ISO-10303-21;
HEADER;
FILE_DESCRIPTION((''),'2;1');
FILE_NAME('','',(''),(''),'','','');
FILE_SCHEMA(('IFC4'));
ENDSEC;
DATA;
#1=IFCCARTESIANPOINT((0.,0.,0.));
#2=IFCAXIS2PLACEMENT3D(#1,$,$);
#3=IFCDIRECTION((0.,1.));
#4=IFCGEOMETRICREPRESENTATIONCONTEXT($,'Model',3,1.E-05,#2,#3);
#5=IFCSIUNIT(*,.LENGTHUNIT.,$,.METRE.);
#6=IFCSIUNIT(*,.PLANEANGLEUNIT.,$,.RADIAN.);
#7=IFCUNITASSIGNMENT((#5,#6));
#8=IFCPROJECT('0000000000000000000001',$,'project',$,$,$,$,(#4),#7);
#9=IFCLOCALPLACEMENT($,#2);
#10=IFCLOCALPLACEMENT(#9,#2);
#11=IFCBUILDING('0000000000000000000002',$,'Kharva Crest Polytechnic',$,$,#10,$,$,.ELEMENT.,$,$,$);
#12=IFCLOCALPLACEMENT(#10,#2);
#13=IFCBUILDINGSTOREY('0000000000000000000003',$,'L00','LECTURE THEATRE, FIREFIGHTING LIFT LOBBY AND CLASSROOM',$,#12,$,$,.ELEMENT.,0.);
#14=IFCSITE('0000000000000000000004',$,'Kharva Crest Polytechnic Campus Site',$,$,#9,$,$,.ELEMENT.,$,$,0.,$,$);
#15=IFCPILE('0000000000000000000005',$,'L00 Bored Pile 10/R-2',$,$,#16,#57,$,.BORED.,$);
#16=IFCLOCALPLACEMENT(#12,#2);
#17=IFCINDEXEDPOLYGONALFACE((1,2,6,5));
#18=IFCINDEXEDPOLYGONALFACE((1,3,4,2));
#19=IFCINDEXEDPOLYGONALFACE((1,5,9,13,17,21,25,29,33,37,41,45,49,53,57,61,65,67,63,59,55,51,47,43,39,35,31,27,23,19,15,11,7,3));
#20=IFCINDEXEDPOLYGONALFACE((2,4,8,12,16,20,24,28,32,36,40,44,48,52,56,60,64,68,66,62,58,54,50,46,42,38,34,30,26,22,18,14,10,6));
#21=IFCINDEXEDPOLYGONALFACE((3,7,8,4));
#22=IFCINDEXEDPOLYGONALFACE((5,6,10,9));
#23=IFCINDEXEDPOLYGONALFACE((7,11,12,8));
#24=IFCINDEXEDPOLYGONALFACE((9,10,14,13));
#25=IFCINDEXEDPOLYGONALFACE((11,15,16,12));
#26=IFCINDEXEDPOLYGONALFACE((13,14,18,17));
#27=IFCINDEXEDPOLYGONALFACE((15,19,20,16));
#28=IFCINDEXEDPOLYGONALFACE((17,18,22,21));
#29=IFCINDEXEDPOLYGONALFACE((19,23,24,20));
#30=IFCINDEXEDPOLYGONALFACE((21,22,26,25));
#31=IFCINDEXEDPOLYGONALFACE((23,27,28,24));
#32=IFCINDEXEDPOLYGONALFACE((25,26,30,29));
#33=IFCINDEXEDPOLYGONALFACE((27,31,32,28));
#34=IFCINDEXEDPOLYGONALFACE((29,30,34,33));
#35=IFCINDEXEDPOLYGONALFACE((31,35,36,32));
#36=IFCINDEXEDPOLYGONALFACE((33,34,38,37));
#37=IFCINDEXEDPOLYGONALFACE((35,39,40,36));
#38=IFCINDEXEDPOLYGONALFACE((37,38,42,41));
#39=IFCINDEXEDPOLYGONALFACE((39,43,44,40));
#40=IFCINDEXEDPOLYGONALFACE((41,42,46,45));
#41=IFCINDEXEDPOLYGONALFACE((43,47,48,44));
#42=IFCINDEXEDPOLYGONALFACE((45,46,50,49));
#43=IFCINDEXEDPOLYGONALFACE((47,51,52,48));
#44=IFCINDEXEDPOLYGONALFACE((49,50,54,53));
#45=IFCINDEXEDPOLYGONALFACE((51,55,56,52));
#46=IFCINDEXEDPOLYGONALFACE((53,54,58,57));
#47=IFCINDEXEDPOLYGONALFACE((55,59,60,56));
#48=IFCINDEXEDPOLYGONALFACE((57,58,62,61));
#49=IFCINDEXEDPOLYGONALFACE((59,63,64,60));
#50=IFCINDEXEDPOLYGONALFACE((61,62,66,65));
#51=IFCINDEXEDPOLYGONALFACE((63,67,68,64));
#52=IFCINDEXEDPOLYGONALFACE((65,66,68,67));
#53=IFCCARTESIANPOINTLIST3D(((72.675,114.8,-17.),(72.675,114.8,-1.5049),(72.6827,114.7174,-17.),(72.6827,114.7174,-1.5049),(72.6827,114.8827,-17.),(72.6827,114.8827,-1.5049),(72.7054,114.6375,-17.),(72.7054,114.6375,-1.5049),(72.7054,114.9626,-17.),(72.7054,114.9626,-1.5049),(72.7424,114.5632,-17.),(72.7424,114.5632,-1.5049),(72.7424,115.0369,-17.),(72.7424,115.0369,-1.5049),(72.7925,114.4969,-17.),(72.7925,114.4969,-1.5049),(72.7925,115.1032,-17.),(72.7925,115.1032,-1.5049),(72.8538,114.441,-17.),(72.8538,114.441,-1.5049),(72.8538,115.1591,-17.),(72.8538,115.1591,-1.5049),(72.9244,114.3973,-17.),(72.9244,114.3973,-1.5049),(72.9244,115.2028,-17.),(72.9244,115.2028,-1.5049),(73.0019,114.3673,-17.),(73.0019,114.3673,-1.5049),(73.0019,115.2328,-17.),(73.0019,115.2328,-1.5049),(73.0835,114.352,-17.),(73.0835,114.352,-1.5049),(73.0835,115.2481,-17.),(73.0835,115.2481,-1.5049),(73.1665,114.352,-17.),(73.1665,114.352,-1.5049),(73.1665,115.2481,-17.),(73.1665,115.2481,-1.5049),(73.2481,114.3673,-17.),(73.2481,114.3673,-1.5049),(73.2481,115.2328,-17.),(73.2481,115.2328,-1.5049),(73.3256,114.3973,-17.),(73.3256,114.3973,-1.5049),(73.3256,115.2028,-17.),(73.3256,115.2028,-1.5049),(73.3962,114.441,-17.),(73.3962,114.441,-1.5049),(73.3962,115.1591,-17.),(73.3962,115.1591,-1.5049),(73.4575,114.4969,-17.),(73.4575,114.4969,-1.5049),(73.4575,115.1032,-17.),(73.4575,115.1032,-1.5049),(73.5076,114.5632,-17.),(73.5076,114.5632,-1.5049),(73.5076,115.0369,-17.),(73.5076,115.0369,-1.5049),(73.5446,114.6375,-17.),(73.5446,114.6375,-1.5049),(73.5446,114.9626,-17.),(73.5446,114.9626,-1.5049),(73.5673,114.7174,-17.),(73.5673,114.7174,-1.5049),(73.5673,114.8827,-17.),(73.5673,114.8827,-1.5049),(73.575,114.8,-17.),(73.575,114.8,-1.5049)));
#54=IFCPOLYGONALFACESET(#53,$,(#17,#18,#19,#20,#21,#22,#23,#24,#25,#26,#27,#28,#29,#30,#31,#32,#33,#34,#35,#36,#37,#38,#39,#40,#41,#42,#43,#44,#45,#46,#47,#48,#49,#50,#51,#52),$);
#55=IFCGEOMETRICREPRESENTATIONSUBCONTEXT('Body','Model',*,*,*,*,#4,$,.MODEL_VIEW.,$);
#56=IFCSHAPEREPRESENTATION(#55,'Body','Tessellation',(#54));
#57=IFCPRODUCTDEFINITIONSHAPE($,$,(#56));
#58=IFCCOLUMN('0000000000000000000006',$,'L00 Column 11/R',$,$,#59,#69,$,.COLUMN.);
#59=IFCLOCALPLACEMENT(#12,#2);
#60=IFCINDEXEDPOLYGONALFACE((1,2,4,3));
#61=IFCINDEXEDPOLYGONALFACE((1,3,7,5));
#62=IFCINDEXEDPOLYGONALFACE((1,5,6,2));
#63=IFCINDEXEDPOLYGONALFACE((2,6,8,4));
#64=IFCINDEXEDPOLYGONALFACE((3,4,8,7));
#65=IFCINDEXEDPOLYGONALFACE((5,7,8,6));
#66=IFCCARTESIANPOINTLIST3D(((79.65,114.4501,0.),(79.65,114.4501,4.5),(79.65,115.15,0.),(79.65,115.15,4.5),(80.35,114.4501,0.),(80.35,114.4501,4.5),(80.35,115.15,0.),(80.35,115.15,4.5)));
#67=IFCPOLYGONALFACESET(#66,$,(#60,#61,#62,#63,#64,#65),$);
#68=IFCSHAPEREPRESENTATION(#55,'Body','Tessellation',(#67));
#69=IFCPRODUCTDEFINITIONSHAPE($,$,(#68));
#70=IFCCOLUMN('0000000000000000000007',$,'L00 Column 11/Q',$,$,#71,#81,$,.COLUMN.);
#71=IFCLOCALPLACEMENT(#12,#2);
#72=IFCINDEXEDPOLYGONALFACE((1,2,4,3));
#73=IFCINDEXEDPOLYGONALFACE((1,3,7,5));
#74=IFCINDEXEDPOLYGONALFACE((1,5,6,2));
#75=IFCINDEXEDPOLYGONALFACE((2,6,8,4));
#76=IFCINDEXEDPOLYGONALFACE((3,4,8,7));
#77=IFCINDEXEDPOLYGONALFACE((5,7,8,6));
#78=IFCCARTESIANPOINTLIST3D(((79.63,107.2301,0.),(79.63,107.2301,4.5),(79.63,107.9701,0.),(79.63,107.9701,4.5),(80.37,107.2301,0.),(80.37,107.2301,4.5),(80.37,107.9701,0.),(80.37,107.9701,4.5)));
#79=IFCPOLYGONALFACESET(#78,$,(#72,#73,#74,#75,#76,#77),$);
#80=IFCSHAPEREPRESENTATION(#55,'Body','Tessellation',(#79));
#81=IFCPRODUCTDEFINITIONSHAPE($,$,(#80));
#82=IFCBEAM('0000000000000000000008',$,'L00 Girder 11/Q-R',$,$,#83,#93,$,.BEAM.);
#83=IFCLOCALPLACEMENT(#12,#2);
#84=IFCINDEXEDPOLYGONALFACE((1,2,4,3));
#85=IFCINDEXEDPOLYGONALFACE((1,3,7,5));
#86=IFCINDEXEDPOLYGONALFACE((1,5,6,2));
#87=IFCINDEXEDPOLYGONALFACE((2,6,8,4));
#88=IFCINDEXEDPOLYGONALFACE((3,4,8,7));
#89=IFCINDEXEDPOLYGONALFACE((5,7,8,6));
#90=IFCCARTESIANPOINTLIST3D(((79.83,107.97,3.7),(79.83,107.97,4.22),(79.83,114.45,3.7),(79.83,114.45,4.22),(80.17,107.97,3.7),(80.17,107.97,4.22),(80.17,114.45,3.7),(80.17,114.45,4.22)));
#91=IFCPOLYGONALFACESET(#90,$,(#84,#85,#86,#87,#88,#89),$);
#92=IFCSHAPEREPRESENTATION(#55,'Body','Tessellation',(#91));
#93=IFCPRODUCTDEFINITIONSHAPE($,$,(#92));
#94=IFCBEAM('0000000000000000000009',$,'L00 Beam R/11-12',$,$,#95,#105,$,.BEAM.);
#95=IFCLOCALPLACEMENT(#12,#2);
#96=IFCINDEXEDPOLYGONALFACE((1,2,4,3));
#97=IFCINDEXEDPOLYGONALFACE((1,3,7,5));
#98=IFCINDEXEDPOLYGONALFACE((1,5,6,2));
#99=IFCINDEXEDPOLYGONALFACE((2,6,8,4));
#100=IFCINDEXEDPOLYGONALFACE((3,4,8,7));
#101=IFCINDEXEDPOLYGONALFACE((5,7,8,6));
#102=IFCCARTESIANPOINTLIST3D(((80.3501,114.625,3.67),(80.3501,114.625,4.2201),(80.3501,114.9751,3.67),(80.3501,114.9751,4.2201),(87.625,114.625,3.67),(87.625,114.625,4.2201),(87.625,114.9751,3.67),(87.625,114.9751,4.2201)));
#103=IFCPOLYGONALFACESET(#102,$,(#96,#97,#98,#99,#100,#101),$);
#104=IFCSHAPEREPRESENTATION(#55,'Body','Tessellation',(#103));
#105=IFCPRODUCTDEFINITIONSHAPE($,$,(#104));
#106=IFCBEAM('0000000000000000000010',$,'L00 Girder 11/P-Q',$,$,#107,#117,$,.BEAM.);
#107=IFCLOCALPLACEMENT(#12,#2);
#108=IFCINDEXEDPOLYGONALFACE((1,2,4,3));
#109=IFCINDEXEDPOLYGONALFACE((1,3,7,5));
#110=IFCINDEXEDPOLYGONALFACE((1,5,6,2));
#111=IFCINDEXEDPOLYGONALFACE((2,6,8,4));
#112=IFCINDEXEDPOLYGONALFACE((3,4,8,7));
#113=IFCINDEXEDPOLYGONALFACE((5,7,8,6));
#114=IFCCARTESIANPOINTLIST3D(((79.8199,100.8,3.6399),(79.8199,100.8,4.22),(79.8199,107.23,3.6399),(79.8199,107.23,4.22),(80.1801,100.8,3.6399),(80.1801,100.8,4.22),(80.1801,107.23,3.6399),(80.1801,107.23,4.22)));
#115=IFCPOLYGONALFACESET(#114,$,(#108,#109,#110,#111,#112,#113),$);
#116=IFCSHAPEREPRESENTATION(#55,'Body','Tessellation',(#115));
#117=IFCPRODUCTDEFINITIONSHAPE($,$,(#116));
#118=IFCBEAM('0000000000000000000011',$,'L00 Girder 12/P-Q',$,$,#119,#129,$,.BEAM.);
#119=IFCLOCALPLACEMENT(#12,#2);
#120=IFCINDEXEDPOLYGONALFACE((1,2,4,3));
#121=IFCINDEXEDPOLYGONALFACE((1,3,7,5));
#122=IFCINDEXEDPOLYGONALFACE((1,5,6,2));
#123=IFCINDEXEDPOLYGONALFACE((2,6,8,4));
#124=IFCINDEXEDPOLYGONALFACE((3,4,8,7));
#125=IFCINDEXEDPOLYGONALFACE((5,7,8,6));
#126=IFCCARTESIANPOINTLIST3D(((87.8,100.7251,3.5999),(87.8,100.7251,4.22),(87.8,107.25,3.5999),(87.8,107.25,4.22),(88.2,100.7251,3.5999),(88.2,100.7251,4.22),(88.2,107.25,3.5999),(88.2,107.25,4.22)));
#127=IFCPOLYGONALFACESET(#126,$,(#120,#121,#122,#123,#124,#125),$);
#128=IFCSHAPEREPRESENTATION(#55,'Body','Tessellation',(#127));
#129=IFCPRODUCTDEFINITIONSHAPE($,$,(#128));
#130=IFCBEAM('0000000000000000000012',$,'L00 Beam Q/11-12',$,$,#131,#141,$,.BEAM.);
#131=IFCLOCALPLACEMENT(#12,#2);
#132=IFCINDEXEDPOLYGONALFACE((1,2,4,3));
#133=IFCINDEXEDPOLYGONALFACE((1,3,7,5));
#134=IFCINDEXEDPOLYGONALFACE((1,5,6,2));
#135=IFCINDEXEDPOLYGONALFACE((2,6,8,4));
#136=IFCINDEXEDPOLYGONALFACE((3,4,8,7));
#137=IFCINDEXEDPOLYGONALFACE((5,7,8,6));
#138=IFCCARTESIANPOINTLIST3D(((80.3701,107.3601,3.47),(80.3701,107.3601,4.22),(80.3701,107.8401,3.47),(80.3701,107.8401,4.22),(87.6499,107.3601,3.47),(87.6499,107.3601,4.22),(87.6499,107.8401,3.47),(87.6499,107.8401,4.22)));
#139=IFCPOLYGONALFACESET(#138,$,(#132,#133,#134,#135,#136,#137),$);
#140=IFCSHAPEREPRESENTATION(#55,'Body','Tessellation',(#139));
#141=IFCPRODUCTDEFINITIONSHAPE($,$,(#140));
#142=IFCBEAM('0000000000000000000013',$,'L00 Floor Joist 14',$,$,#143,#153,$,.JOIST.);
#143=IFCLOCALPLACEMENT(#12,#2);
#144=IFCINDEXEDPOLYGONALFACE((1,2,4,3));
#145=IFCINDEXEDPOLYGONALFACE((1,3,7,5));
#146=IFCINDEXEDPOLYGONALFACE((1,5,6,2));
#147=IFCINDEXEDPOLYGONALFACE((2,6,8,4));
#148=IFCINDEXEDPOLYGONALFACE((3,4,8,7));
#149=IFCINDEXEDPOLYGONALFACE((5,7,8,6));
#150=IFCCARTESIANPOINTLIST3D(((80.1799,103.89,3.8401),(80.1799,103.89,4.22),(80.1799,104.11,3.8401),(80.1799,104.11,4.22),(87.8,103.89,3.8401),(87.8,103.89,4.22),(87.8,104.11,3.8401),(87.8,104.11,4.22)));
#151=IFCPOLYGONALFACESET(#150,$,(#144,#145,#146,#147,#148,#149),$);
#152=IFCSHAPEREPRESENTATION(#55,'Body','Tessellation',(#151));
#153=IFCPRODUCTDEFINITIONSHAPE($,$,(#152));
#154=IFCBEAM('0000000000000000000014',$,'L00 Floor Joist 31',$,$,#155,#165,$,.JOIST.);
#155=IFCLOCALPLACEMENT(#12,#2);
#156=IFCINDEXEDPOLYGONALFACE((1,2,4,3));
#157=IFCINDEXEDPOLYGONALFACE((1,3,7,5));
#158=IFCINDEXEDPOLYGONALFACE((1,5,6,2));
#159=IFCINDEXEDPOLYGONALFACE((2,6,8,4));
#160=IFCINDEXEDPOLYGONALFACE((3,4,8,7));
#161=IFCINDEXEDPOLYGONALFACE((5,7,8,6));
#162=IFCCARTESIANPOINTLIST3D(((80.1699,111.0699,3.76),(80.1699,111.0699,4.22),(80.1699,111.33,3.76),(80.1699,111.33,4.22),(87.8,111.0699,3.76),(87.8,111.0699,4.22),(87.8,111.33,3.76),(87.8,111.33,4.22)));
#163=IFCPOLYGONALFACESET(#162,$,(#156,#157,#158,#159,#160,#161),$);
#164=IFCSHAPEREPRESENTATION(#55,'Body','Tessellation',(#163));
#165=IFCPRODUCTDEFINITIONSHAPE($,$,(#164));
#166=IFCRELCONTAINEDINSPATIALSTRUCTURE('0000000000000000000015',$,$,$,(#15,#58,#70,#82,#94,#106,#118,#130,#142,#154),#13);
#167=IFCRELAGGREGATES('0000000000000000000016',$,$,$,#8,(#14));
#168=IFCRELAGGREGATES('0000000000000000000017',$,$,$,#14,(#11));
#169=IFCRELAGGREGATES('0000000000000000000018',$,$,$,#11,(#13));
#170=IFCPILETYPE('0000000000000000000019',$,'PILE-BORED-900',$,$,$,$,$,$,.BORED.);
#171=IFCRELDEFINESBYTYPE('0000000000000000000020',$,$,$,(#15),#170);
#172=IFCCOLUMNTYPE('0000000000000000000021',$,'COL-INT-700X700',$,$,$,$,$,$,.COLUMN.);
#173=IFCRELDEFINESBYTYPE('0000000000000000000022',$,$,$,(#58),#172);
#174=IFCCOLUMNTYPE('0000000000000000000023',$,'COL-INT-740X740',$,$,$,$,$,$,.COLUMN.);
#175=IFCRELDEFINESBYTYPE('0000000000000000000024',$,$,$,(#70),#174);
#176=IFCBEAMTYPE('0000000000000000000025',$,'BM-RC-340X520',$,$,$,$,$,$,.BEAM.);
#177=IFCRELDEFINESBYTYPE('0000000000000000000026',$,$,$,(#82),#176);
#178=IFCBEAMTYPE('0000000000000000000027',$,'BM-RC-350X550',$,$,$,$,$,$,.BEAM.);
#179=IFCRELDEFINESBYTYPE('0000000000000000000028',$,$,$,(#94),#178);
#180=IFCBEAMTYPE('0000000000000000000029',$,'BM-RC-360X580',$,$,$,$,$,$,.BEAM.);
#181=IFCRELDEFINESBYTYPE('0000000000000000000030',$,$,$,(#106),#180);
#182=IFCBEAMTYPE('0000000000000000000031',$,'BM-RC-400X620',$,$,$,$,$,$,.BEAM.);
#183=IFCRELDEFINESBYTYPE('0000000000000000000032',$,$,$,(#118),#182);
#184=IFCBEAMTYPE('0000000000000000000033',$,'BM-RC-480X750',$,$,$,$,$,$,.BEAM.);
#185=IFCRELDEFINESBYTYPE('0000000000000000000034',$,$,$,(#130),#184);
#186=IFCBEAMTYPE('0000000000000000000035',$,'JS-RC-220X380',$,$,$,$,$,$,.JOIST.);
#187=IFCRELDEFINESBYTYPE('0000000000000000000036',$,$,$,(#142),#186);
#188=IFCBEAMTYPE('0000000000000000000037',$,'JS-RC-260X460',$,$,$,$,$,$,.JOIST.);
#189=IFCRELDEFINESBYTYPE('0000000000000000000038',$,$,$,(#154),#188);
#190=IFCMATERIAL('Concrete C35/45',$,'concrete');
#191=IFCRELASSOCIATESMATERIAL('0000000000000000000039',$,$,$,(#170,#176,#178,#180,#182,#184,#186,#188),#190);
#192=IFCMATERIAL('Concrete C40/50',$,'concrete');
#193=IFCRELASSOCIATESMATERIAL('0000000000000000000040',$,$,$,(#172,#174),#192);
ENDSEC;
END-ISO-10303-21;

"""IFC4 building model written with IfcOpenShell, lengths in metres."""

from ifc_helpers import new_model, si_unit, direction, frame, origin, origin_2d, place, context, subcontext, project, spatial, rectangle, circle, extrude, material, material_profile, profile_set, type_object, element, save


model = new_model("IFC4")

# Units and contexts
model_context = context("Model", 3, precision=1e-05, world=origin(), true_north=direction((0.0, 1.0)))
body_context = subcontext(model_context, "Body", "Model", "MODEL_VIEW")
ifc_project = project(units=[si_unit("LENGTHUNIT", "METRE"), si_unit("PLANEANGLEUNIT", "RADIAN")], contexts=[model_context])

# Site, building, storey
site_placement = place(None, origin())
site = spatial("IfcSite", under=ifc_project, at=site_placement, Name="Kharva Crest Polytechnic Campus Site", CompositionType="ELEMENT", RefElevation=0.0)
building_placement = place(site_placement, origin())
building = spatial("IfcBuilding", under=site, at=building_placement, Name="Kharva Crest Polytechnic", CompositionType="ELEMENT")
storey_placement = place(building_placement, origin())
storey = spatial("IfcBuildingStorey", under=building, at=storey_placement, Name="L00", Description="LECTURE THEATRE, FIREFIGHTING LIFT LOBBY AND CLASSROOM", CompositionType="ELEMENT", Elevation=0.0)

# Shared definitions
ifc_material_1 = material(Name="Concrete C35/45", Category="concrete")

# Pile
ifc_material_profile_1 = material_profile(ifc_material_1, circle(Radius=0.45, at=origin_2d()), Name="DIA 900")
ifc_profile_set_1 = profile_set([ifc_material_profile_1], Name="Concrete C35/45")
pile_type_1 = type_object("IfcPileType", Name="PILE-BORED-900", PredefinedType="BORED", material=ifc_profile_set_1)
pile_placement = place(storey_placement, frame((73.125, 114.8, -1.5049), z_axis=(0.0, 0.0, -1.0), x_axis=(1.0, 0.0, 0.0)))
element("IfcPile", 1, at=pile_placement, inside=storey, type_object=pile_type_1, Name="L00 Bored Pile 10/R-2", PredefinedType="BORED", context=body_context, shape_type="SweptSolid", body=[
    extrude(circle(Radius=0.45, at=origin_2d()), origin(), (0.0, 0.0, 1.0), 15.4951),
])

# Columns
ifc_material_2 = material(Name="Concrete C40/50", Category="concrete")
ifc_material_profile_2 = material_profile(ifc_material_2, rectangle(XDim=0.7, YDim=0.7, at=origin_2d()), Name="RECT 700 X 700")
ifc_profile_set_2 = profile_set([ifc_material_profile_2], Name="Concrete C40/50")
column_type_1 = type_object("IfcColumnType", Name="COL-INT-700X700", PredefinedType="COLUMN", material=ifc_profile_set_2)
column_1_placement = place(storey_placement, frame((80.0, 114.8, 0.0), z_axis=(0.0, 0.0, 1.0), x_axis=(1.0, 0.0, 0.0)))
element("IfcColumn", 2, at=column_1_placement, inside=storey, type_object=column_type_1, Name="L00 Column 11/R", PredefinedType="COLUMN", context=body_context, shape_type="SweptSolid", body=[
    extrude(rectangle(XDim=0.7, YDim=0.7, at=origin_2d()), origin(), (0.0, 0.0, 1.0), 4.5),
])
ifc_material_profile_3 = material_profile(ifc_material_2, rectangle(XDim=0.74, YDim=0.74, at=origin_2d()), Name="RECT 740 X 740")
ifc_profile_set_3 = profile_set([ifc_material_profile_3], Name="Concrete C40/50")
column_type_2 = type_object("IfcColumnType", Name="COL-INT-740X740", PredefinedType="COLUMN", material=ifc_profile_set_3)
column_2_placement = place(storey_placement, frame((80.0, 107.6001, 0.0), z_axis=(0.0, 0.0, 1.0), x_axis=(1.0, 0.0, 0.0)))
element("IfcColumn", 3, at=column_2_placement, inside=storey, type_object=column_type_2, Name="L00 Column 11/Q", PredefinedType="COLUMN", context=body_context, shape_type="SweptSolid", body=[
    extrude(rectangle(XDim=0.74, YDim=0.74, at=origin_2d()), origin(), (0.0, 0.0, 1.0), 4.5),
])

# Beams
ifc_material_profile_4 = material_profile(ifc_material_1, rectangle(XDim=0.3401, YDim=0.52, at=origin_2d()), Name="RECT 340 X 520")
ifc_profile_set_4 = profile_set([ifc_material_profile_4], Name="Concrete C35/45")
beam_type_1 = type_object("IfcBeamType", Name="BM-RC-340X520", PredefinedType="BEAM", material=ifc_profile_set_4)
beam_1_placement = place(storey_placement, frame((80.0, 107.97, 3.96), z_axis=(0.0, 1.0, 0.0), x_axis=(-1.0, 0.0, 0.0)))
element("IfcBeam", 4, at=beam_1_placement, inside=storey, type_object=beam_type_1, Name="L00 Girder 11/Q-R", PredefinedType="BEAM", context=body_context, shape_type="SweptSolid", body=[
    extrude(rectangle(XDim=0.3401, YDim=0.52, at=origin_2d()), origin(), (0.0, 0.0, 1.0), 6.48),
])
ifc_material_profile_5 = material_profile(ifc_material_1, rectangle(XDim=0.3501, YDim=0.55, at=origin_2d()), Name="RECT 350 X 550")
ifc_profile_set_5 = profile_set([ifc_material_profile_5], Name="Concrete C35/45")
beam_type_2 = type_object("IfcBeamType", Name="BM-RC-350X550", PredefinedType="BEAM", material=ifc_profile_set_5)
beam_2_placement = place(storey_placement, frame((80.3501, 114.8, 3.9451), z_axis=(1.0, 0.0, 0.0), x_axis=(0.0, 1.0, 0.0)))
element("IfcBeam", 5, at=beam_2_placement, inside=storey, type_object=beam_type_2, Name="L00 Beam R/11-12", PredefinedType="BEAM", context=body_context, shape_type="SweptSolid", body=[
    extrude(rectangle(XDim=0.3501, YDim=0.55, at=origin_2d()), origin(), (0.0, 0.0, 1.0), 7.2749),
])
ifc_material_profile_6 = material_profile(ifc_material_1, rectangle(XDim=0.3601, YDim=0.5801, at=origin_2d()), Name="RECT 360 X 580")
ifc_profile_set_6 = profile_set([ifc_material_profile_6], Name="Concrete C35/45")
beam_type_3 = type_object("IfcBeamType", Name="BM-RC-360X580", PredefinedType="BEAM", material=ifc_profile_set_6)
beam_3_placement = place(storey_placement, frame((80.0, 100.8, 3.9299), z_axis=(0.0, 1.0, 0.0), x_axis=(-1.0, 0.0, 0.0)))
element("IfcBeam", 6, at=beam_3_placement, inside=storey, type_object=beam_type_3, Name="L00 Girder 11/P-Q", PredefinedType="BEAM", context=body_context, shape_type="SweptSolid", body=[
    extrude(rectangle(XDim=0.3601, YDim=0.5801, at=origin_2d()), origin(), (0.0, 0.0, 1.0), 6.4299),
])
ifc_material_profile_7 = material_profile(ifc_material_1, rectangle(XDim=0.3999, YDim=0.6201, at=origin_2d()), Name="RECT 400 X 620")
ifc_profile_set_7 = profile_set([ifc_material_profile_7], Name="Concrete C35/45")
beam_type_4 = type_object("IfcBeamType", Name="BM-RC-400X620", PredefinedType="BEAM", material=ifc_profile_set_7)
beam_4_placement = place(storey_placement, frame((88.0, 100.7251, 3.9099), z_axis=(0.0, 1.0, 0.0), x_axis=(-1.0, 0.0, 0.0)))
element("IfcBeam", 7, at=beam_4_placement, inside=storey, type_object=beam_type_4, Name="L00 Girder 12/P-Q", PredefinedType="BEAM", context=body_context, shape_type="SweptSolid", body=[
    extrude(rectangle(XDim=0.3999, YDim=0.6201, at=origin_2d()), origin(), (0.0, 0.0, 1.0), 6.5249),
])
ifc_material_profile_8 = material_profile(ifc_material_1, rectangle(XDim=0.48, YDim=0.75, at=origin_2d()), Name="RECT 480 X 750")
ifc_profile_set_8 = profile_set([ifc_material_profile_8], Name="Concrete C35/45")
beam_type_5 = type_object("IfcBeamType", Name="BM-RC-480X750", PredefinedType="BEAM", material=ifc_profile_set_8)
beam_5_placement = place(storey_placement, frame((80.3701, 107.6001, 3.845), z_axis=(1.0, 0.0, 0.0), x_axis=(0.0, 1.0, 0.0)))
element("IfcBeam", 8, at=beam_5_placement, inside=storey, type_object=beam_type_5, Name="L00 Beam Q/11-12", PredefinedType="BEAM", context=body_context, shape_type="SweptSolid", body=[
    extrude(rectangle(XDim=0.48, YDim=0.75, at=origin_2d()), origin(), (0.0, 0.0, 1.0), 7.2798),
])
ifc_material_profile_9 = material_profile(ifc_material_1, rectangle(XDim=0.22, YDim=0.3799, at=origin_2d()), Name="RECT 220 X 380")
ifc_profile_set_9 = profile_set([ifc_material_profile_9], Name="Concrete C35/45")
beam_type_6 = type_object("IfcBeamType", Name="JS-RC-220X380", PredefinedType="JOIST", material=ifc_profile_set_9)
beam_6_placement = place(storey_placement, frame((80.1799, 104.0, 4.03), z_axis=(1.0, 0.0, 0.0), x_axis=(0.0, 1.0, 0.0)))
element("IfcBeam", 9, at=beam_6_placement, inside=storey, type_object=beam_type_6, Name="L00 Floor Joist 14", PredefinedType="JOIST", context=body_context, shape_type="SweptSolid", body=[
    extrude(rectangle(XDim=0.22, YDim=0.3799, at=origin_2d()), origin(), (0.0, 0.0, 1.0), 7.6201),
])
ifc_material_profile_10 = material_profile(ifc_material_1, rectangle(XDim=0.26, YDim=0.46, at=origin_2d()), Name="RECT 260 X 460")
ifc_profile_set_10 = profile_set([ifc_material_profile_10], Name="Concrete C35/45")
beam_type_7 = type_object("IfcBeamType", Name="JS-RC-260X460", PredefinedType="JOIST", material=ifc_profile_set_10)
beam_7_placement = place(storey_placement, frame((80.1699, 111.2, 3.99), z_axis=(1.0, 0.0, 0.0), x_axis=(0.0, 1.0, 0.0)))
element("IfcBeam", 10, at=beam_7_placement, inside=storey, type_object=beam_type_7, Name="L00 Floor Joist 31", PredefinedType="JOIST", context=body_context, shape_type="SweptSolid", body=[
    extrude(rectangle(XDim=0.26, YDim=0.46, at=origin_2d()), origin(), (0.0, 0.0, 1.0), 7.6301),
])

save(model, "model.ifc")
